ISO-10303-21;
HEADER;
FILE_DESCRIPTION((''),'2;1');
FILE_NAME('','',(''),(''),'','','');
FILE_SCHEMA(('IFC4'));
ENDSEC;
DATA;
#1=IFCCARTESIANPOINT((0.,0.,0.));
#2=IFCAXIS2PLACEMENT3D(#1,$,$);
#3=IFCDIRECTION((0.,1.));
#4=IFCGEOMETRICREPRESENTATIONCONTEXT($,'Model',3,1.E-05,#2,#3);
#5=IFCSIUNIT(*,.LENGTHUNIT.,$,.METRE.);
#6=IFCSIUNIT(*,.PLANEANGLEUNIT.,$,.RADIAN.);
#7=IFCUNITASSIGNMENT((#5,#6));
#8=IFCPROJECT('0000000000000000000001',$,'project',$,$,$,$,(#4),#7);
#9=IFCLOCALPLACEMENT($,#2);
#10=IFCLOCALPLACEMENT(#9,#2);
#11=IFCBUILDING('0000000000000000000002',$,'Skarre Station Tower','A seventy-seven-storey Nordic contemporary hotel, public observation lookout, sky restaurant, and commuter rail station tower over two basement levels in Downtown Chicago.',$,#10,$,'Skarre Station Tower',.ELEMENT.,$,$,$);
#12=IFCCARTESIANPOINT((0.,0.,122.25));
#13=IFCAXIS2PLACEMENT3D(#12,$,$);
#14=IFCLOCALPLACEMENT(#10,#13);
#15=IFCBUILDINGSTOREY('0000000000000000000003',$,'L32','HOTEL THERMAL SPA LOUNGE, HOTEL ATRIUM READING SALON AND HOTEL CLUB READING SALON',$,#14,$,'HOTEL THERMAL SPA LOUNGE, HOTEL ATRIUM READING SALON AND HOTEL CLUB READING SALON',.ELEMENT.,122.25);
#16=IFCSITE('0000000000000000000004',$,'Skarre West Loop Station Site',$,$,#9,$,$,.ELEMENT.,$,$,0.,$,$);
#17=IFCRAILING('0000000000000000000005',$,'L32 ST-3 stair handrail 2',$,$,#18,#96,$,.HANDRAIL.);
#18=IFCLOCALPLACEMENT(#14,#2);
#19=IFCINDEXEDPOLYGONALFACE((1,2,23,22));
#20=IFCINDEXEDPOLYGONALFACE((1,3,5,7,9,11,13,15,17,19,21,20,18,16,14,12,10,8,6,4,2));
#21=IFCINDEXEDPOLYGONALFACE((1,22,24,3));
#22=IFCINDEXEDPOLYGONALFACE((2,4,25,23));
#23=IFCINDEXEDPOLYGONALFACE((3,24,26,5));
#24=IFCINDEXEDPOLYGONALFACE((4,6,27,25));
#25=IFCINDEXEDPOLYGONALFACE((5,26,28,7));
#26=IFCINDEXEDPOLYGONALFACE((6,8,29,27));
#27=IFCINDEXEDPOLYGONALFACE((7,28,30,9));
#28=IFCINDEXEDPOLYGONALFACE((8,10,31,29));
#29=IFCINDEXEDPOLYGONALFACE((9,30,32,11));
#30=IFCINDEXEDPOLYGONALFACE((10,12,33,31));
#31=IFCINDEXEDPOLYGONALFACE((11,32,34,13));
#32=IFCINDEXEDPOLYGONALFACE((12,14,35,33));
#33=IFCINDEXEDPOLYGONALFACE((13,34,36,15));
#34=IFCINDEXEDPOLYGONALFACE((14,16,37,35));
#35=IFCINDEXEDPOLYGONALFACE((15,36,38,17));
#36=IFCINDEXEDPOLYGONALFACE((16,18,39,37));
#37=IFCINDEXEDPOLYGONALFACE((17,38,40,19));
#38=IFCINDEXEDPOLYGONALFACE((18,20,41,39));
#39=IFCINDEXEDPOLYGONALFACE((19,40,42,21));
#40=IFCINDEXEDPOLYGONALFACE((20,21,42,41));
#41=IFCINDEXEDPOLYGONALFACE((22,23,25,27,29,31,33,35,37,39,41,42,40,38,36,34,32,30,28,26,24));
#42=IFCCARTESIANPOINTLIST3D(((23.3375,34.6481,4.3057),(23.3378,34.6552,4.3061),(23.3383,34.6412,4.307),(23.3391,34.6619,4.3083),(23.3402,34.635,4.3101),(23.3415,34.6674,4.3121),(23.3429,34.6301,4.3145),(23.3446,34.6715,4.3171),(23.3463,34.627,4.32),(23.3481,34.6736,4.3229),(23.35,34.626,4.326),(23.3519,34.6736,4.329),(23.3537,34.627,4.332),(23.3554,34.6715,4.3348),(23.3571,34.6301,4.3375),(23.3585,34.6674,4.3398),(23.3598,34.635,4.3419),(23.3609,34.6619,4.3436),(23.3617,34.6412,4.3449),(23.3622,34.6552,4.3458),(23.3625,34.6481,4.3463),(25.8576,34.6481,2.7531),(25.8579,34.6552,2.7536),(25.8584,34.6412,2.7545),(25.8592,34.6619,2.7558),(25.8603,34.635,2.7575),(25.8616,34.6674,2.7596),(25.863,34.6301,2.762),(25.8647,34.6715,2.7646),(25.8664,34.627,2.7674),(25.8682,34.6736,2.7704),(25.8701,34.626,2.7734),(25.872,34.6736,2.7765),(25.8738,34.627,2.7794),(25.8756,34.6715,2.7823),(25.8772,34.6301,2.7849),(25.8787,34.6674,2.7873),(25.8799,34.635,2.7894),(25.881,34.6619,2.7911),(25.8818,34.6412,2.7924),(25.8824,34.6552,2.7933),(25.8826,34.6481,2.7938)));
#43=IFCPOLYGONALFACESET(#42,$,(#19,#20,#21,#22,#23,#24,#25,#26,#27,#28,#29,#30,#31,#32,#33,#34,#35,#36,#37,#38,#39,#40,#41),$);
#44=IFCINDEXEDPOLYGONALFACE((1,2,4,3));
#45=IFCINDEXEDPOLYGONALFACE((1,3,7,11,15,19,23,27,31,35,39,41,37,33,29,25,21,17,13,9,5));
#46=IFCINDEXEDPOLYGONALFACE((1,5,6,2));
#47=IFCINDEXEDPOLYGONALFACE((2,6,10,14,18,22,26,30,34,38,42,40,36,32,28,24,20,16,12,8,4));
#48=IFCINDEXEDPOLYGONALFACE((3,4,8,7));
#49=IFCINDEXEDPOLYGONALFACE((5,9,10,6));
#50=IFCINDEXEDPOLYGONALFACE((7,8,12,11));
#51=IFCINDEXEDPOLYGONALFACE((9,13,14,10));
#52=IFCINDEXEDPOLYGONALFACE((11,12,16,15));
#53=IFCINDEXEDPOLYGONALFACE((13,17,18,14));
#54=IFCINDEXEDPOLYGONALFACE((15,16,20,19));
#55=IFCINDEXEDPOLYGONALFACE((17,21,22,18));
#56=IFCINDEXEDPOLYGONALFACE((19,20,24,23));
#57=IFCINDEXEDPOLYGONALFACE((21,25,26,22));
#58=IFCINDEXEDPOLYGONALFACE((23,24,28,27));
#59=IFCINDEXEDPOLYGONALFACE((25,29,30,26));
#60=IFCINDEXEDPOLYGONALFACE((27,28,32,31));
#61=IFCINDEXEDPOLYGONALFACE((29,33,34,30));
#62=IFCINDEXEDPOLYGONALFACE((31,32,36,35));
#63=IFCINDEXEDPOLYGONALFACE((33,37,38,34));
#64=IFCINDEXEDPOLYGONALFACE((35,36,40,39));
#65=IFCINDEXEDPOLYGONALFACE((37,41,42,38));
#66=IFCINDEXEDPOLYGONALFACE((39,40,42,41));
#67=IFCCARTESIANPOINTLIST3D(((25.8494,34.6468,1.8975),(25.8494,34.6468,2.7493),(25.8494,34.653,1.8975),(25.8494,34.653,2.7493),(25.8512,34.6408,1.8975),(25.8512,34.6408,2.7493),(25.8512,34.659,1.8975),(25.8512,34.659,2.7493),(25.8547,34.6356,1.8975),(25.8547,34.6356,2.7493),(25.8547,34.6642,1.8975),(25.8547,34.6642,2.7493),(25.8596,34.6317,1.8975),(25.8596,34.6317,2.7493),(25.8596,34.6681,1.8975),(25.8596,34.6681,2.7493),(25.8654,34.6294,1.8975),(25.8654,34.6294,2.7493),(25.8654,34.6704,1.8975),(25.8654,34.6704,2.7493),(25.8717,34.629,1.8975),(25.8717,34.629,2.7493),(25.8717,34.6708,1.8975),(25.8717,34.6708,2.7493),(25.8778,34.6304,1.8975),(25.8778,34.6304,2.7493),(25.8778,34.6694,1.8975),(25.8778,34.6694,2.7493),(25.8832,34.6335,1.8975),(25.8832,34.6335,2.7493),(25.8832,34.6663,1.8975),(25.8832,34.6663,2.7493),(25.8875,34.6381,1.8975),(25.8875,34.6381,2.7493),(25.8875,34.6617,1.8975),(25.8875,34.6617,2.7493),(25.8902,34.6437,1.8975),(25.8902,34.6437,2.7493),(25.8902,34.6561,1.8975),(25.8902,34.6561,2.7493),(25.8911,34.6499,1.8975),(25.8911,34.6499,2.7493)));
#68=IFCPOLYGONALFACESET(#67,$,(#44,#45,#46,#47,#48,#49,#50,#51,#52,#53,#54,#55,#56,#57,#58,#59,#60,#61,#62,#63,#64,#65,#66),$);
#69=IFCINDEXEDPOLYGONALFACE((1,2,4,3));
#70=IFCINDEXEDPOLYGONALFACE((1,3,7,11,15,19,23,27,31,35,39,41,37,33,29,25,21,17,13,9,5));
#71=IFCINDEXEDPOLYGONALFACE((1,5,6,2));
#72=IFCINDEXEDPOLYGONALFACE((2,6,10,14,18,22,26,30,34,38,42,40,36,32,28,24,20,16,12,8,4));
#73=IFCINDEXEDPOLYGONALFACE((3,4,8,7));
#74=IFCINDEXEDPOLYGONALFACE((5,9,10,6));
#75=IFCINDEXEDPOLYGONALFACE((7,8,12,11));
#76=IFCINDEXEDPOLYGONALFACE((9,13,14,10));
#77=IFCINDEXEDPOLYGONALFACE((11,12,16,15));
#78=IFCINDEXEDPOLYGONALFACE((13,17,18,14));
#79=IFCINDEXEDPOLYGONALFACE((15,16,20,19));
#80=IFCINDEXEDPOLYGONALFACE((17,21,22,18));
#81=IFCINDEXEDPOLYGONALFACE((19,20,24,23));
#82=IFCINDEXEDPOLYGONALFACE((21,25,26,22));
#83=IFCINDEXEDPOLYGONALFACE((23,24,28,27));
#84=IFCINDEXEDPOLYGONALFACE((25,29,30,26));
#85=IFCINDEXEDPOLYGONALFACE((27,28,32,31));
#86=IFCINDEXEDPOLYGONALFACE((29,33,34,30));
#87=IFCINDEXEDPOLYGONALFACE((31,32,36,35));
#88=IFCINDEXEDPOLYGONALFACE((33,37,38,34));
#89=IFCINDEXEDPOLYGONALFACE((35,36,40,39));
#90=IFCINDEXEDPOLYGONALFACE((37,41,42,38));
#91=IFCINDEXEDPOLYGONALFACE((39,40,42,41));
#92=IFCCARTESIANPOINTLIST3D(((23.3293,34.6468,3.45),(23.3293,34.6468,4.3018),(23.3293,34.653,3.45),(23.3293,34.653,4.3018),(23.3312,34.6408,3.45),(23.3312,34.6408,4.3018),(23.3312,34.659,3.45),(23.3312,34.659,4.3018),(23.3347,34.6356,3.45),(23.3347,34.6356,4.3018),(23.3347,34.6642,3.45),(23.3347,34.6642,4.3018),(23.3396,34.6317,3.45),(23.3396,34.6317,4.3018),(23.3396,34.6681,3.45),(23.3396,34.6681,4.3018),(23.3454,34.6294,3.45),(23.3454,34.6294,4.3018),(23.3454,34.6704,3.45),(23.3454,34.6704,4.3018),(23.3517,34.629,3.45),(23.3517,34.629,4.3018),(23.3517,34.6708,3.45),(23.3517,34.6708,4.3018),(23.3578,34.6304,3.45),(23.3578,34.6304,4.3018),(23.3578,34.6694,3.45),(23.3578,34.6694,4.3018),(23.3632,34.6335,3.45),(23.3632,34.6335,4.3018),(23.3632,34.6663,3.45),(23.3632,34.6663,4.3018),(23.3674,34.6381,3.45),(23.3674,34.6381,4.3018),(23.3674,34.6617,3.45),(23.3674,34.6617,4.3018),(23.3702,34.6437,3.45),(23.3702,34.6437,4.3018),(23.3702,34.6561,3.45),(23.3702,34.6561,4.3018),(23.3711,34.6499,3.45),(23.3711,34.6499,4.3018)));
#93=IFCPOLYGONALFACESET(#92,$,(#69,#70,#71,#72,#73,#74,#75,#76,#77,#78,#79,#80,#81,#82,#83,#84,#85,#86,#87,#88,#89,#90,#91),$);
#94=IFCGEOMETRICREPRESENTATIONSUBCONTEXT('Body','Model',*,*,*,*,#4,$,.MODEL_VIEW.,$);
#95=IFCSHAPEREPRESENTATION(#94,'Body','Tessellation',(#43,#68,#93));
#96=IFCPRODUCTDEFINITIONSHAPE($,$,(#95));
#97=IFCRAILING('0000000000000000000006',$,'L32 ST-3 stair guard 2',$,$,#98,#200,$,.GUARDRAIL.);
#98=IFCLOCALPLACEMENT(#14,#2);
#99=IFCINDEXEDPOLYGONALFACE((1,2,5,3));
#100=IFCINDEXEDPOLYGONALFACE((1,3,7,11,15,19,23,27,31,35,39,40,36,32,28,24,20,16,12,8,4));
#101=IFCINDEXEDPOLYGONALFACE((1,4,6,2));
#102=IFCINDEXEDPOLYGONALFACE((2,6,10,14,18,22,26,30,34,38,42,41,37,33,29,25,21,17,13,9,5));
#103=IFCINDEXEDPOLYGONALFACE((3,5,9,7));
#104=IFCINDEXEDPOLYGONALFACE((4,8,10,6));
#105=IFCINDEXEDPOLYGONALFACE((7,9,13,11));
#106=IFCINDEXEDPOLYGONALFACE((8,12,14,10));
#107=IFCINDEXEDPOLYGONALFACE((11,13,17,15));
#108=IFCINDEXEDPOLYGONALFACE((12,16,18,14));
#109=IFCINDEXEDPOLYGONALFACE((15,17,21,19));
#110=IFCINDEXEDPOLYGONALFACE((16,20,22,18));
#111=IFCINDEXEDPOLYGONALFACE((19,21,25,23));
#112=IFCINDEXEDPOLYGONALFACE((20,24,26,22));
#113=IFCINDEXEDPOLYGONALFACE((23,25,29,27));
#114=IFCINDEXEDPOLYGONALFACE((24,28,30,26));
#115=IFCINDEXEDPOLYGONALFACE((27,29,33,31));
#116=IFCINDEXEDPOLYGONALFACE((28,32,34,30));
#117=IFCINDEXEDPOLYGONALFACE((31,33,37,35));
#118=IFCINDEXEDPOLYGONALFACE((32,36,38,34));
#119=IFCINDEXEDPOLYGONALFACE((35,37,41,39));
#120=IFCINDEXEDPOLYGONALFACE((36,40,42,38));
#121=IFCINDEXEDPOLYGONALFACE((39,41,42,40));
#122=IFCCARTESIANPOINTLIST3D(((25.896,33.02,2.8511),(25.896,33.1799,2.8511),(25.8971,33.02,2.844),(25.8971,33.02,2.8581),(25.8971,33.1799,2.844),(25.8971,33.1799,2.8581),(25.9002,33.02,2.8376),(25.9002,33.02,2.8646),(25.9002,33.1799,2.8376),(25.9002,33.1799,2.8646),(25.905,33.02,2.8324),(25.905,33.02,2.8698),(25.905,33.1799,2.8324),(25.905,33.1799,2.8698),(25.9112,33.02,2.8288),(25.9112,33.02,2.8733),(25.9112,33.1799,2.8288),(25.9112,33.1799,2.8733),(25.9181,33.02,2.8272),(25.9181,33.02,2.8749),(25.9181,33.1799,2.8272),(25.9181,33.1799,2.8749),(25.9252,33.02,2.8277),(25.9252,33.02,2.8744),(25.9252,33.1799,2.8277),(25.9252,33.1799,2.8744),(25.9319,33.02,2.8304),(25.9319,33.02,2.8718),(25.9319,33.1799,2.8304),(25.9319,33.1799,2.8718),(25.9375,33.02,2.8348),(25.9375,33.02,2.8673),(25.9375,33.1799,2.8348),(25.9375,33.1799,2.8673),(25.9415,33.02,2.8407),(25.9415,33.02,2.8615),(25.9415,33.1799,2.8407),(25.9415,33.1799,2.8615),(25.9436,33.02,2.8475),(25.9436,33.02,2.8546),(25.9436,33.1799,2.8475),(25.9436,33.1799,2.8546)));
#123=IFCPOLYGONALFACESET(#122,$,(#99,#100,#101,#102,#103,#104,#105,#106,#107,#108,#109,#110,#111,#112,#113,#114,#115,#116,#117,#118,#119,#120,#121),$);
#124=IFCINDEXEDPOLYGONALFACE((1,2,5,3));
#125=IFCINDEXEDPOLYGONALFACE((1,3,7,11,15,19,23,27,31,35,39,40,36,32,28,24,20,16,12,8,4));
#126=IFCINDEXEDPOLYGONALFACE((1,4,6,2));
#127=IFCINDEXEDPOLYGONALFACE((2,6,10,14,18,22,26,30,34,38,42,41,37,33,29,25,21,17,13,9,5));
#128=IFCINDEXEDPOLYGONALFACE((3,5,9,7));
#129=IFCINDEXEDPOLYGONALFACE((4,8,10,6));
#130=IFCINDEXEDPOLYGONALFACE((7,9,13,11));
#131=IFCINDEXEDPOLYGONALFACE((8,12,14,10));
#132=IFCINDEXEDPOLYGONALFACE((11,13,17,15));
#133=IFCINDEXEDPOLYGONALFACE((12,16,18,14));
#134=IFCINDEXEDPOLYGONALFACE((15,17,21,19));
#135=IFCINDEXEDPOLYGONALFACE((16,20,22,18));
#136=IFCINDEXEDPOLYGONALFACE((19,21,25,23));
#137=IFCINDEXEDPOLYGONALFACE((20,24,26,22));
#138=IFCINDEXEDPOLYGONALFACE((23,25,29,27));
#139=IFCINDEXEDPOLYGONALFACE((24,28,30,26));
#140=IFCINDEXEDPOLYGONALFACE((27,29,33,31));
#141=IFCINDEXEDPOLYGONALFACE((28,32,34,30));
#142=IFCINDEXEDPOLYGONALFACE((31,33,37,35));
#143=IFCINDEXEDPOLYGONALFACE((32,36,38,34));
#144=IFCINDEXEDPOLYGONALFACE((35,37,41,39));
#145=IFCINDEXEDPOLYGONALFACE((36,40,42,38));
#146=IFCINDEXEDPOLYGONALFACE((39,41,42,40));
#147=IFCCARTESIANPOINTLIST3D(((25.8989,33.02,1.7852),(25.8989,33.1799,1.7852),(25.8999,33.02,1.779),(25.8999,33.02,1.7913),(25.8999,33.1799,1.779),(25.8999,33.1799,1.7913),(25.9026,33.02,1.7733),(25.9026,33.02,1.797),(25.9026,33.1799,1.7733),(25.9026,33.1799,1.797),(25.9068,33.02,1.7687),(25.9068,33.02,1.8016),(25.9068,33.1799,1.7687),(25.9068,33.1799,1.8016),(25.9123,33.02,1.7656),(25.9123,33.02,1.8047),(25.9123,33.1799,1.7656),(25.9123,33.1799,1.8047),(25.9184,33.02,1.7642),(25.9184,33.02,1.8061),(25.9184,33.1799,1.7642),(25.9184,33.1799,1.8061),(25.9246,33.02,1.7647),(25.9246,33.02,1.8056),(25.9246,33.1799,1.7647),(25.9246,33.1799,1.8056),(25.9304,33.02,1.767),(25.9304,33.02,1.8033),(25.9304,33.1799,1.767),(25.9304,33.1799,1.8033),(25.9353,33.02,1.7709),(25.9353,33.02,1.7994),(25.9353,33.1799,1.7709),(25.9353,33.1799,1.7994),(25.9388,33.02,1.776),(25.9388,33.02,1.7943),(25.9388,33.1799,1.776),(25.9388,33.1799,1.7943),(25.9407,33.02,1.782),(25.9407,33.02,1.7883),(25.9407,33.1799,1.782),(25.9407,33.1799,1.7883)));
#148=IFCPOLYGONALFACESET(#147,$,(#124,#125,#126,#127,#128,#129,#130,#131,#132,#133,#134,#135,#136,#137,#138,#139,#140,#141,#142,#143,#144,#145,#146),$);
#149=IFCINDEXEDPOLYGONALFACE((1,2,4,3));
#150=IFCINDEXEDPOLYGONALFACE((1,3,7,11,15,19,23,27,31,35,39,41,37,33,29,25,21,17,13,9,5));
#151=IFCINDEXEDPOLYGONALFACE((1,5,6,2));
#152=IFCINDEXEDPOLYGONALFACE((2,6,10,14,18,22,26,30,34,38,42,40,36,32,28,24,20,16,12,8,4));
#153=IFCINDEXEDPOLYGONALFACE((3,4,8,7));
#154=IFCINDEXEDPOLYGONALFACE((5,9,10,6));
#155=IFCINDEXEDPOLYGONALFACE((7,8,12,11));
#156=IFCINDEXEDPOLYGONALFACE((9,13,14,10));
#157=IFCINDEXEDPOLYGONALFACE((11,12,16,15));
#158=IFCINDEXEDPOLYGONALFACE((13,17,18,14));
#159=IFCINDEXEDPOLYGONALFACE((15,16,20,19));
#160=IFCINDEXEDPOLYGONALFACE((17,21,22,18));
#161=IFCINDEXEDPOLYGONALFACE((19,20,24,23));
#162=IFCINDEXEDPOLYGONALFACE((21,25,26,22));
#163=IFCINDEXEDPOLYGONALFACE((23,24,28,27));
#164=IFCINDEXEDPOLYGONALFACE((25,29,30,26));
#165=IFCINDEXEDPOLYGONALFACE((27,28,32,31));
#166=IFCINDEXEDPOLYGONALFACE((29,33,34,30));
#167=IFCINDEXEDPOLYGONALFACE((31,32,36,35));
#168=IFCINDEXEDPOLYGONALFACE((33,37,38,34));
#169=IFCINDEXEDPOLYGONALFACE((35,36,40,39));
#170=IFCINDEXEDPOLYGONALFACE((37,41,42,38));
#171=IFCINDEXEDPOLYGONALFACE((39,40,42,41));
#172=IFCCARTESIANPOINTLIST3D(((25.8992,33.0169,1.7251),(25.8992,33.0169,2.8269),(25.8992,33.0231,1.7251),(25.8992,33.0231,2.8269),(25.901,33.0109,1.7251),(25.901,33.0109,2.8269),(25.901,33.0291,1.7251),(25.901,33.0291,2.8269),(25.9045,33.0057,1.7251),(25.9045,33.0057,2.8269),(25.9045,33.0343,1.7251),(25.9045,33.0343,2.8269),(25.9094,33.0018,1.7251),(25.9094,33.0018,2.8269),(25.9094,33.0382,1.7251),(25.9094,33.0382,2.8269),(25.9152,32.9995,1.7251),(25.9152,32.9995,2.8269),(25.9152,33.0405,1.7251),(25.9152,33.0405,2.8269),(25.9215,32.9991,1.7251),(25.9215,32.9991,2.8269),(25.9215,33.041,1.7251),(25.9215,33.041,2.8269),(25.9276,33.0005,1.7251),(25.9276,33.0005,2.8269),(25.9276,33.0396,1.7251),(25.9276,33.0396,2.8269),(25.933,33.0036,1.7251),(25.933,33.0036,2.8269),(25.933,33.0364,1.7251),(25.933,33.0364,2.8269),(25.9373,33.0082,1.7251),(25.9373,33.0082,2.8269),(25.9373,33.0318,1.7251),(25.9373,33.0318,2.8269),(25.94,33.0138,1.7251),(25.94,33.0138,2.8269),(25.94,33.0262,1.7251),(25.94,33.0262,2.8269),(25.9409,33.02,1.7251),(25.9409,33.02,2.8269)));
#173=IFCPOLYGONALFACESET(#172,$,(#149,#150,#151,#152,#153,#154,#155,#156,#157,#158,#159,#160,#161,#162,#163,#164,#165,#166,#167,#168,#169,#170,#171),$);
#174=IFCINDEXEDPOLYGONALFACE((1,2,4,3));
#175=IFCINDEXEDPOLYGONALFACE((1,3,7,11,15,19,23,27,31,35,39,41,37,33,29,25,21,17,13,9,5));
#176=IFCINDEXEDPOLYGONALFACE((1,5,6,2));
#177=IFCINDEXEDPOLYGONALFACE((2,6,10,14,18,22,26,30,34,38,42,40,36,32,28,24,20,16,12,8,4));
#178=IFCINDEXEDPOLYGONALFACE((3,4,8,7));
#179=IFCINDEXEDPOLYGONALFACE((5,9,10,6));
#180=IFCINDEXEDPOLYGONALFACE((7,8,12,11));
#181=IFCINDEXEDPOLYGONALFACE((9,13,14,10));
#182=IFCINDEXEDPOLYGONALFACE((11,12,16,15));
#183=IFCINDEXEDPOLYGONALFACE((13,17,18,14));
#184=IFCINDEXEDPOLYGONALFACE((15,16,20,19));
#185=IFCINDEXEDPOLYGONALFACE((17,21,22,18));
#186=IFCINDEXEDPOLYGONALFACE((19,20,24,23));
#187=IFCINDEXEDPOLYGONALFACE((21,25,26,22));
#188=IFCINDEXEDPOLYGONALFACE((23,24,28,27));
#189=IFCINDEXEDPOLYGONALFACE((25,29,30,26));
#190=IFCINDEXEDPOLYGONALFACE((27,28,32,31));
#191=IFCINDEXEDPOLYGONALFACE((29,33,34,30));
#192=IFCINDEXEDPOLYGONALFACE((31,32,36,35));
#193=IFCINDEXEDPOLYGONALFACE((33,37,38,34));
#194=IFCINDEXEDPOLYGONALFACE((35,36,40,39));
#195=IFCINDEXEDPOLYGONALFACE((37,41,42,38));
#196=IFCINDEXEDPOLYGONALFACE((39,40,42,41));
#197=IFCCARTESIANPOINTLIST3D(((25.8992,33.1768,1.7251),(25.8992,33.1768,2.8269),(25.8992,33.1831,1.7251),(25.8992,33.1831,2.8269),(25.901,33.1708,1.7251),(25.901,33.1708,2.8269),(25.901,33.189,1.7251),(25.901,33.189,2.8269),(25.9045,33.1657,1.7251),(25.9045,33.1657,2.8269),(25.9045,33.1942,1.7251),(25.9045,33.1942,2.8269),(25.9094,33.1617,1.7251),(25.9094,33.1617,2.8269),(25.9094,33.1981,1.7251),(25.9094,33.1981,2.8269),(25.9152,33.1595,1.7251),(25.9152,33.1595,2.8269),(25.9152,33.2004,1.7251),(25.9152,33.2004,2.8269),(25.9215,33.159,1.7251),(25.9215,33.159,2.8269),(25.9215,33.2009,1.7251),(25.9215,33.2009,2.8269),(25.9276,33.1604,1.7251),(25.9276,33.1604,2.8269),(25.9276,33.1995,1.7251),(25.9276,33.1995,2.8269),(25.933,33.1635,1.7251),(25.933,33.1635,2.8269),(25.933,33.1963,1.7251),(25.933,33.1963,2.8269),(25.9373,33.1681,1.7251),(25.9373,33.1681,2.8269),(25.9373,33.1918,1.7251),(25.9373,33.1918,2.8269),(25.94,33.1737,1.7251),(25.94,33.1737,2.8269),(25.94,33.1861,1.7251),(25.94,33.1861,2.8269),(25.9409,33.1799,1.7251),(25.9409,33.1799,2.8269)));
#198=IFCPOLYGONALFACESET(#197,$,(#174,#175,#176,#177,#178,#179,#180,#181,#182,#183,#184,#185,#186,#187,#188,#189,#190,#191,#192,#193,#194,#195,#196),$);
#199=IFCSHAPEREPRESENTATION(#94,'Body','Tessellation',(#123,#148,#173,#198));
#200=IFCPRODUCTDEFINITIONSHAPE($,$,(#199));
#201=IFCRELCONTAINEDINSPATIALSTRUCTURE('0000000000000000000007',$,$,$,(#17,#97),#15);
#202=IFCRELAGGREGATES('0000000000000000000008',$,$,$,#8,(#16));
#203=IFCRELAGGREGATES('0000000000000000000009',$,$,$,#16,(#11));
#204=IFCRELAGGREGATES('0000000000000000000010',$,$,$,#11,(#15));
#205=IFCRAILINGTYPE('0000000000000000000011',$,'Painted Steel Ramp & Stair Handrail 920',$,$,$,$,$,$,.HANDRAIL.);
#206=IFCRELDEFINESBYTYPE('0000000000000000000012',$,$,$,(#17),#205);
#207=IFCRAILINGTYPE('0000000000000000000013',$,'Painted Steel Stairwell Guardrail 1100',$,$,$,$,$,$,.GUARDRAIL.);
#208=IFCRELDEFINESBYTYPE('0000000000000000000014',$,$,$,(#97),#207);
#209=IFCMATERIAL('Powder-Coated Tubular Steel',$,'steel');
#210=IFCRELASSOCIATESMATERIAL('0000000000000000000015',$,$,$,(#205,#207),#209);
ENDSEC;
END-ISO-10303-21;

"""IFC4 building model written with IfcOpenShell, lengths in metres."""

from ifc_helpers import new_model, si_unit, direction, frame, origin, origin_2d, place, context, subcontext, project, spatial, circle, extrude, material, type_object, element, save


model = new_model("IFC4")

# Units and contexts
model_context = context("Model", 3, precision=1e-05, world=origin(), true_north=direction((0.0, 1.0)))
body_context = subcontext(model_context, "Body", "Model", "MODEL_VIEW")
ifc_project = project(units=[si_unit("LENGTHUNIT", "METRE"), si_unit("PLANEANGLEUNIT", "RADIAN")], contexts=[model_context])

# Site, building, storey
site_placement = place(None, origin())
site = spatial("IfcSite", under=ifc_project, at=site_placement, Name="Skarre West Loop Station Site", CompositionType="ELEMENT", RefElevation=0.0)
building_placement = place(site_placement, origin())
building = spatial("IfcBuilding", under=site, at=building_placement, Name="Skarre Station Tower", Description="A seventy-seven-storey Nordic contemporary hotel, public observation lookout, sky restaurant, and commuter rail station tower over two basement levels in Downtown Chicago.", LongName="Skarre Station Tower", CompositionType="ELEMENT")
storey_placement = place(building_placement, frame((0.0, 0.0, 122.25)))
storey = spatial("IfcBuildingStorey", under=building, at=storey_placement, Name="L32", Description="HOTEL THERMAL SPA LOUNGE, HOTEL ATRIUM READING SALON AND HOTEL CLUB READING SALON", LongName="HOTEL THERMAL SPA LOUNGE, HOTEL ATRIUM READING SALON AND HOTEL CLUB READING SALON", CompositionType="ELEMENT", Elevation=122.25)

# Railings
ifc_material_1 = material(Name="Powder-Coated Tubular Steel", Category="steel")
railing_type_1 = type_object("IfcRailingType", Name="Painted Steel Ramp & Stair Handrail 920", PredefinedType="HANDRAIL", material=ifc_material_1)
railing_1_placement = place(storey_placement, frame((25.8701, 34.6499, 1.8975)))
element("IfcRailing", 1, at=railing_1_placement, inside=storey, type_object=railing_type_1, Name="L32 ST-3 stair handrail 2", PredefinedType="HANDRAIL", context=body_context, shape_type="SweptSolid", body=[
    extrude(circle(Radius=0.0239, at=origin_2d()), frame((0.0, 0.0, 0.876), z_axis=(-0.8514, 0.0, 0.524516), x_axis=(0.0, -1.0, 0.0)), (0.0, 0.0, 1.0), 2.96),
    extrude(circle(Radius=0.021, at=origin_2d()), origin(), (0.0, 0.0, 1.0), 0.8518),
    extrude(circle(Radius=0.021, at=origin_2d()), frame((-2.52, 0.0, 1.5525)), (0.0, 0.0, 1.0), 0.8518),
])
railing_type_2 = type_object("IfcRailingType", Name="Painted Steel Stairwell Guardrail 1100", PredefinedType="GUARDRAIL", material=ifc_material_1)
railing_2_placement = place(storey_placement, frame((25.9199, 33.02, 1.7251)))
element("IfcRailing", 2, at=railing_2_placement, inside=storey, type_object=railing_type_2, Name="L32 ST-3 stair guard 2", PredefinedType="GUARDRAIL", context=body_context, shape_type="SweptSolid", body=[
    extrude(circle(Radius=0.0239, at=origin_2d()), frame((0.0, 0.0, 1.126), z_axis=(0.0, 1.0, 0.0), x_axis=(-1.0, 0.0, 0.0)), (0.0, 0.0, 1.0), 0.1599),
    extrude(circle(Radius=0.021, at=origin_2d()), frame((0.0, 0.0, 0.0601), z_axis=(0.0, 1.0, 0.0), x_axis=(-1.0, 0.0, 0.0)), (0.0, 0.0, 1.0), 0.1599),
    extrude(circle(Radius=0.021, at=origin_2d()), origin(), (0.0, 0.0, 1.0), 1.1018),
    extrude(circle(Radius=0.021, at=origin_2d()), frame((0.0, 0.1599, 0.0)), (0.0, 0.0, 1.0), 1.1018),
])

save(model, "model.ifc")
